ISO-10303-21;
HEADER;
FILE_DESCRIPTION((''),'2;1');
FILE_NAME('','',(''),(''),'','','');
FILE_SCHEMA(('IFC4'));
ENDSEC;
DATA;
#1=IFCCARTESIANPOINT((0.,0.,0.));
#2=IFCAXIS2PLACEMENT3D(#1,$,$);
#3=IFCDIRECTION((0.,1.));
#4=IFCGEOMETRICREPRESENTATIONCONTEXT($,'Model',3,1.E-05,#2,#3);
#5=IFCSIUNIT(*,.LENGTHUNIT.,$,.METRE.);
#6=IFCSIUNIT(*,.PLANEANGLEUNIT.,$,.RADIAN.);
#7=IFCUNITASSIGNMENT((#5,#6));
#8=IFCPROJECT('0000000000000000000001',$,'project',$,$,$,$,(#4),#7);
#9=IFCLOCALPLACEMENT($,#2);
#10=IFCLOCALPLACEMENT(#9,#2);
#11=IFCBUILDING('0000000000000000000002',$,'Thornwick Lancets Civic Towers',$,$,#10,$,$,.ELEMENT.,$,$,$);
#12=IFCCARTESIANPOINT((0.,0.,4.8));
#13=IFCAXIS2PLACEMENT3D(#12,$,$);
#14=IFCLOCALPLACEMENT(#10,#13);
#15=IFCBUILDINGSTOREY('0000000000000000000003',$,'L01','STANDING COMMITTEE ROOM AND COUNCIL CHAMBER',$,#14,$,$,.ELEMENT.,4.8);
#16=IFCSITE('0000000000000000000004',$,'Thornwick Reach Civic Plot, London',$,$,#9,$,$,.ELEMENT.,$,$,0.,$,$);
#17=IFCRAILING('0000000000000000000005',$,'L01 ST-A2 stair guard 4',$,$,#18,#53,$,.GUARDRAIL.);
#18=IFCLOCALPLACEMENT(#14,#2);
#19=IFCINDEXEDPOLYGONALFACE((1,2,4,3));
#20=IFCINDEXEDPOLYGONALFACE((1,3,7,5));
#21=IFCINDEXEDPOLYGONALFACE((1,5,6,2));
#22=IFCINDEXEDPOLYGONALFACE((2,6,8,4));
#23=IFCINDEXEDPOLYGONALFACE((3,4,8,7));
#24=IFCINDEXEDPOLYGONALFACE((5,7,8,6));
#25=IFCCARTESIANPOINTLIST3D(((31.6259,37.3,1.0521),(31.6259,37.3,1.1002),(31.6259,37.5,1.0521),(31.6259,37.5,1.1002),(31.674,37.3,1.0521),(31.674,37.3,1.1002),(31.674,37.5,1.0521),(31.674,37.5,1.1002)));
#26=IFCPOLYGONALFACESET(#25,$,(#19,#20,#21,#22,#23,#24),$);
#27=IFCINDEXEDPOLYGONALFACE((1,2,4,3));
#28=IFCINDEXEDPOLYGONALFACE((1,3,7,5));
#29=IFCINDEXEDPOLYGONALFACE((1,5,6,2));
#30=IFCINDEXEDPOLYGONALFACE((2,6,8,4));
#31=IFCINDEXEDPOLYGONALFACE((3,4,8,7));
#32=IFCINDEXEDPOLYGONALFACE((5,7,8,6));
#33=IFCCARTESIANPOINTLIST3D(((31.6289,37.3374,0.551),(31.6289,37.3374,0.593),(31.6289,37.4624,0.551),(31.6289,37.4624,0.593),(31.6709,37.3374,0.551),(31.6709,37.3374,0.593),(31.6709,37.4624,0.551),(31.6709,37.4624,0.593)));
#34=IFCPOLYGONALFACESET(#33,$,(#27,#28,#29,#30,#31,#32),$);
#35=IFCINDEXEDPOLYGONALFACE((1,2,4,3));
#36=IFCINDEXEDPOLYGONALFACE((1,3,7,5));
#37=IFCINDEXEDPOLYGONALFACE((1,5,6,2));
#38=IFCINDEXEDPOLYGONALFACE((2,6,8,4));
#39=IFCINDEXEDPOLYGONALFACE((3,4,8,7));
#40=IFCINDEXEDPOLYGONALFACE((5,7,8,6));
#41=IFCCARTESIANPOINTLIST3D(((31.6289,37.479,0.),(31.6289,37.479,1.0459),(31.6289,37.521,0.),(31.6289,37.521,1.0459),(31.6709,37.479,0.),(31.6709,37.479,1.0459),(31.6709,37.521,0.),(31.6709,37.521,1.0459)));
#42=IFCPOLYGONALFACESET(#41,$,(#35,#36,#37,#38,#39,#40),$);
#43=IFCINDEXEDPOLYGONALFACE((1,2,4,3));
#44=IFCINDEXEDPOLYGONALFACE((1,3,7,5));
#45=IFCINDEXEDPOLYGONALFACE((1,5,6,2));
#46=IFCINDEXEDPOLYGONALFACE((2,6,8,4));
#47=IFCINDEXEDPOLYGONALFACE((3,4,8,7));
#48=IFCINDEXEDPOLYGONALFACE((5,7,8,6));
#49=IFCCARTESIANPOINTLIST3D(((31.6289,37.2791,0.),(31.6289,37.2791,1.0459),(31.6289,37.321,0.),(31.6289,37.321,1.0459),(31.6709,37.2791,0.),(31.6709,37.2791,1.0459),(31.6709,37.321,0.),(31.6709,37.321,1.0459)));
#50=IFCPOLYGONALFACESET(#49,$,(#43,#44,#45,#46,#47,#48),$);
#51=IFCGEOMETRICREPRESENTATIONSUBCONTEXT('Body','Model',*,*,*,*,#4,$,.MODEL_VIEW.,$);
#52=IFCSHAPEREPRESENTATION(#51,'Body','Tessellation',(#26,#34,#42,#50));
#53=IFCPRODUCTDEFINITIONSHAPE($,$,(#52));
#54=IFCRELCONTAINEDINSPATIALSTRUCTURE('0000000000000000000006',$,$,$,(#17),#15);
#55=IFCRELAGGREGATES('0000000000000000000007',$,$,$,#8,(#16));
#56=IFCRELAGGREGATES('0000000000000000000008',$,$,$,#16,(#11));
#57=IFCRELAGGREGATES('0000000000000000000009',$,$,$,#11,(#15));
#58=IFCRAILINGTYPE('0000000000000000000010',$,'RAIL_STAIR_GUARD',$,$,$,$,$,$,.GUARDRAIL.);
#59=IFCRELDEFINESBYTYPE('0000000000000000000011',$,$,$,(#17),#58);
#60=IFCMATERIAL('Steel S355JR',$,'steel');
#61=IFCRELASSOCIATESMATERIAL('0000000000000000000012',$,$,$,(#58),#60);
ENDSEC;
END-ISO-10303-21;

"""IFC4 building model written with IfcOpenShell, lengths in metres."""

from ifc_helpers import new_model, si_unit, direction, frame, origin, origin_2d, place, context, subcontext, project, spatial, rectangle, extrude, material, type_object, element, save


model = new_model("IFC4")

# Units and contexts
model_context = context("Model", 3, precision=1e-05, world=origin(), true_north=direction((0.0, 1.0)))
body_context = subcontext(model_context, "Body", "Model", "MODEL_VIEW")
ifc_project = project(units=[si_unit("LENGTHUNIT", "METRE"), si_unit("PLANEANGLEUNIT", "RADIAN")], contexts=[model_context])

# Site, building, storey
site_placement = place(None, origin())
site = spatial("IfcSite", under=ifc_project, at=site_placement, Name="Thornwick Reach Civic Plot, London", CompositionType="ELEMENT", RefElevation=0.0)
building_placement = place(site_placement, origin())
building = spatial("IfcBuilding", under=site, at=building_placement, Name="Thornwick Lancets Civic Towers", CompositionType="ELEMENT")
storey_placement = place(building_placement, frame((0.0, 0.0, 4.8)))
storey = spatial("IfcBuildingStorey", under=building, at=storey_placement, Name="L01", Description="STANDING COMMITTEE ROOM AND COUNCIL CHAMBER", CompositionType="ELEMENT", Elevation=4.8)

# Railing
ifc_material_1 = material(Name="Steel S355JR", Category="steel")
railing_type_1 = type_object("IfcRailingType", Name="RAIL_STAIR_GUARD", PredefinedType="GUARDRAIL", material=ifc_material_1)
railing_1_placement = place(storey_placement, frame((31.6499, 37.5, 0.0)))
element("IfcRailing", 1, at=railing_1_placement, inside=storey, type_object=railing_type_1, Name="L01 ST-A2 stair guard 4", PredefinedType="GUARDRAIL", context=body_context, shape_type="SweptSolid", body=[
    extrude(rectangle(XDim=0.0481, YDim=0.0481, at=origin_2d()), frame((0.0, 0.0, 1.0762), z_axis=(0.0, -1.0, 0.0), x_axis=(1.0, 0.0, 0.0)), (0.0, 0.0, 1.0), 0.2),
    extrude(rectangle(XDim=0.042, YDim=0.042, at=origin_2d()), frame((0.0, -0.0376, 0.572), z_axis=(0.0, -1.0, 0.0), x_axis=(1.0, 0.0, 0.0)), (0.0, 0.0, 1.0), 0.125),
    extrude(rectangle(XDim=0.042, YDim=0.042, at=origin_2d()), origin(), (0.0, 0.0, 1.0), 1.0459),
    extrude(rectangle(XDim=0.042, YDim=0.042, at=origin_2d()), frame((0.0, -0.2, 0.0)), (0.0, 0.0, 1.0), 1.0459),
])

save(model, "model.ifc")
